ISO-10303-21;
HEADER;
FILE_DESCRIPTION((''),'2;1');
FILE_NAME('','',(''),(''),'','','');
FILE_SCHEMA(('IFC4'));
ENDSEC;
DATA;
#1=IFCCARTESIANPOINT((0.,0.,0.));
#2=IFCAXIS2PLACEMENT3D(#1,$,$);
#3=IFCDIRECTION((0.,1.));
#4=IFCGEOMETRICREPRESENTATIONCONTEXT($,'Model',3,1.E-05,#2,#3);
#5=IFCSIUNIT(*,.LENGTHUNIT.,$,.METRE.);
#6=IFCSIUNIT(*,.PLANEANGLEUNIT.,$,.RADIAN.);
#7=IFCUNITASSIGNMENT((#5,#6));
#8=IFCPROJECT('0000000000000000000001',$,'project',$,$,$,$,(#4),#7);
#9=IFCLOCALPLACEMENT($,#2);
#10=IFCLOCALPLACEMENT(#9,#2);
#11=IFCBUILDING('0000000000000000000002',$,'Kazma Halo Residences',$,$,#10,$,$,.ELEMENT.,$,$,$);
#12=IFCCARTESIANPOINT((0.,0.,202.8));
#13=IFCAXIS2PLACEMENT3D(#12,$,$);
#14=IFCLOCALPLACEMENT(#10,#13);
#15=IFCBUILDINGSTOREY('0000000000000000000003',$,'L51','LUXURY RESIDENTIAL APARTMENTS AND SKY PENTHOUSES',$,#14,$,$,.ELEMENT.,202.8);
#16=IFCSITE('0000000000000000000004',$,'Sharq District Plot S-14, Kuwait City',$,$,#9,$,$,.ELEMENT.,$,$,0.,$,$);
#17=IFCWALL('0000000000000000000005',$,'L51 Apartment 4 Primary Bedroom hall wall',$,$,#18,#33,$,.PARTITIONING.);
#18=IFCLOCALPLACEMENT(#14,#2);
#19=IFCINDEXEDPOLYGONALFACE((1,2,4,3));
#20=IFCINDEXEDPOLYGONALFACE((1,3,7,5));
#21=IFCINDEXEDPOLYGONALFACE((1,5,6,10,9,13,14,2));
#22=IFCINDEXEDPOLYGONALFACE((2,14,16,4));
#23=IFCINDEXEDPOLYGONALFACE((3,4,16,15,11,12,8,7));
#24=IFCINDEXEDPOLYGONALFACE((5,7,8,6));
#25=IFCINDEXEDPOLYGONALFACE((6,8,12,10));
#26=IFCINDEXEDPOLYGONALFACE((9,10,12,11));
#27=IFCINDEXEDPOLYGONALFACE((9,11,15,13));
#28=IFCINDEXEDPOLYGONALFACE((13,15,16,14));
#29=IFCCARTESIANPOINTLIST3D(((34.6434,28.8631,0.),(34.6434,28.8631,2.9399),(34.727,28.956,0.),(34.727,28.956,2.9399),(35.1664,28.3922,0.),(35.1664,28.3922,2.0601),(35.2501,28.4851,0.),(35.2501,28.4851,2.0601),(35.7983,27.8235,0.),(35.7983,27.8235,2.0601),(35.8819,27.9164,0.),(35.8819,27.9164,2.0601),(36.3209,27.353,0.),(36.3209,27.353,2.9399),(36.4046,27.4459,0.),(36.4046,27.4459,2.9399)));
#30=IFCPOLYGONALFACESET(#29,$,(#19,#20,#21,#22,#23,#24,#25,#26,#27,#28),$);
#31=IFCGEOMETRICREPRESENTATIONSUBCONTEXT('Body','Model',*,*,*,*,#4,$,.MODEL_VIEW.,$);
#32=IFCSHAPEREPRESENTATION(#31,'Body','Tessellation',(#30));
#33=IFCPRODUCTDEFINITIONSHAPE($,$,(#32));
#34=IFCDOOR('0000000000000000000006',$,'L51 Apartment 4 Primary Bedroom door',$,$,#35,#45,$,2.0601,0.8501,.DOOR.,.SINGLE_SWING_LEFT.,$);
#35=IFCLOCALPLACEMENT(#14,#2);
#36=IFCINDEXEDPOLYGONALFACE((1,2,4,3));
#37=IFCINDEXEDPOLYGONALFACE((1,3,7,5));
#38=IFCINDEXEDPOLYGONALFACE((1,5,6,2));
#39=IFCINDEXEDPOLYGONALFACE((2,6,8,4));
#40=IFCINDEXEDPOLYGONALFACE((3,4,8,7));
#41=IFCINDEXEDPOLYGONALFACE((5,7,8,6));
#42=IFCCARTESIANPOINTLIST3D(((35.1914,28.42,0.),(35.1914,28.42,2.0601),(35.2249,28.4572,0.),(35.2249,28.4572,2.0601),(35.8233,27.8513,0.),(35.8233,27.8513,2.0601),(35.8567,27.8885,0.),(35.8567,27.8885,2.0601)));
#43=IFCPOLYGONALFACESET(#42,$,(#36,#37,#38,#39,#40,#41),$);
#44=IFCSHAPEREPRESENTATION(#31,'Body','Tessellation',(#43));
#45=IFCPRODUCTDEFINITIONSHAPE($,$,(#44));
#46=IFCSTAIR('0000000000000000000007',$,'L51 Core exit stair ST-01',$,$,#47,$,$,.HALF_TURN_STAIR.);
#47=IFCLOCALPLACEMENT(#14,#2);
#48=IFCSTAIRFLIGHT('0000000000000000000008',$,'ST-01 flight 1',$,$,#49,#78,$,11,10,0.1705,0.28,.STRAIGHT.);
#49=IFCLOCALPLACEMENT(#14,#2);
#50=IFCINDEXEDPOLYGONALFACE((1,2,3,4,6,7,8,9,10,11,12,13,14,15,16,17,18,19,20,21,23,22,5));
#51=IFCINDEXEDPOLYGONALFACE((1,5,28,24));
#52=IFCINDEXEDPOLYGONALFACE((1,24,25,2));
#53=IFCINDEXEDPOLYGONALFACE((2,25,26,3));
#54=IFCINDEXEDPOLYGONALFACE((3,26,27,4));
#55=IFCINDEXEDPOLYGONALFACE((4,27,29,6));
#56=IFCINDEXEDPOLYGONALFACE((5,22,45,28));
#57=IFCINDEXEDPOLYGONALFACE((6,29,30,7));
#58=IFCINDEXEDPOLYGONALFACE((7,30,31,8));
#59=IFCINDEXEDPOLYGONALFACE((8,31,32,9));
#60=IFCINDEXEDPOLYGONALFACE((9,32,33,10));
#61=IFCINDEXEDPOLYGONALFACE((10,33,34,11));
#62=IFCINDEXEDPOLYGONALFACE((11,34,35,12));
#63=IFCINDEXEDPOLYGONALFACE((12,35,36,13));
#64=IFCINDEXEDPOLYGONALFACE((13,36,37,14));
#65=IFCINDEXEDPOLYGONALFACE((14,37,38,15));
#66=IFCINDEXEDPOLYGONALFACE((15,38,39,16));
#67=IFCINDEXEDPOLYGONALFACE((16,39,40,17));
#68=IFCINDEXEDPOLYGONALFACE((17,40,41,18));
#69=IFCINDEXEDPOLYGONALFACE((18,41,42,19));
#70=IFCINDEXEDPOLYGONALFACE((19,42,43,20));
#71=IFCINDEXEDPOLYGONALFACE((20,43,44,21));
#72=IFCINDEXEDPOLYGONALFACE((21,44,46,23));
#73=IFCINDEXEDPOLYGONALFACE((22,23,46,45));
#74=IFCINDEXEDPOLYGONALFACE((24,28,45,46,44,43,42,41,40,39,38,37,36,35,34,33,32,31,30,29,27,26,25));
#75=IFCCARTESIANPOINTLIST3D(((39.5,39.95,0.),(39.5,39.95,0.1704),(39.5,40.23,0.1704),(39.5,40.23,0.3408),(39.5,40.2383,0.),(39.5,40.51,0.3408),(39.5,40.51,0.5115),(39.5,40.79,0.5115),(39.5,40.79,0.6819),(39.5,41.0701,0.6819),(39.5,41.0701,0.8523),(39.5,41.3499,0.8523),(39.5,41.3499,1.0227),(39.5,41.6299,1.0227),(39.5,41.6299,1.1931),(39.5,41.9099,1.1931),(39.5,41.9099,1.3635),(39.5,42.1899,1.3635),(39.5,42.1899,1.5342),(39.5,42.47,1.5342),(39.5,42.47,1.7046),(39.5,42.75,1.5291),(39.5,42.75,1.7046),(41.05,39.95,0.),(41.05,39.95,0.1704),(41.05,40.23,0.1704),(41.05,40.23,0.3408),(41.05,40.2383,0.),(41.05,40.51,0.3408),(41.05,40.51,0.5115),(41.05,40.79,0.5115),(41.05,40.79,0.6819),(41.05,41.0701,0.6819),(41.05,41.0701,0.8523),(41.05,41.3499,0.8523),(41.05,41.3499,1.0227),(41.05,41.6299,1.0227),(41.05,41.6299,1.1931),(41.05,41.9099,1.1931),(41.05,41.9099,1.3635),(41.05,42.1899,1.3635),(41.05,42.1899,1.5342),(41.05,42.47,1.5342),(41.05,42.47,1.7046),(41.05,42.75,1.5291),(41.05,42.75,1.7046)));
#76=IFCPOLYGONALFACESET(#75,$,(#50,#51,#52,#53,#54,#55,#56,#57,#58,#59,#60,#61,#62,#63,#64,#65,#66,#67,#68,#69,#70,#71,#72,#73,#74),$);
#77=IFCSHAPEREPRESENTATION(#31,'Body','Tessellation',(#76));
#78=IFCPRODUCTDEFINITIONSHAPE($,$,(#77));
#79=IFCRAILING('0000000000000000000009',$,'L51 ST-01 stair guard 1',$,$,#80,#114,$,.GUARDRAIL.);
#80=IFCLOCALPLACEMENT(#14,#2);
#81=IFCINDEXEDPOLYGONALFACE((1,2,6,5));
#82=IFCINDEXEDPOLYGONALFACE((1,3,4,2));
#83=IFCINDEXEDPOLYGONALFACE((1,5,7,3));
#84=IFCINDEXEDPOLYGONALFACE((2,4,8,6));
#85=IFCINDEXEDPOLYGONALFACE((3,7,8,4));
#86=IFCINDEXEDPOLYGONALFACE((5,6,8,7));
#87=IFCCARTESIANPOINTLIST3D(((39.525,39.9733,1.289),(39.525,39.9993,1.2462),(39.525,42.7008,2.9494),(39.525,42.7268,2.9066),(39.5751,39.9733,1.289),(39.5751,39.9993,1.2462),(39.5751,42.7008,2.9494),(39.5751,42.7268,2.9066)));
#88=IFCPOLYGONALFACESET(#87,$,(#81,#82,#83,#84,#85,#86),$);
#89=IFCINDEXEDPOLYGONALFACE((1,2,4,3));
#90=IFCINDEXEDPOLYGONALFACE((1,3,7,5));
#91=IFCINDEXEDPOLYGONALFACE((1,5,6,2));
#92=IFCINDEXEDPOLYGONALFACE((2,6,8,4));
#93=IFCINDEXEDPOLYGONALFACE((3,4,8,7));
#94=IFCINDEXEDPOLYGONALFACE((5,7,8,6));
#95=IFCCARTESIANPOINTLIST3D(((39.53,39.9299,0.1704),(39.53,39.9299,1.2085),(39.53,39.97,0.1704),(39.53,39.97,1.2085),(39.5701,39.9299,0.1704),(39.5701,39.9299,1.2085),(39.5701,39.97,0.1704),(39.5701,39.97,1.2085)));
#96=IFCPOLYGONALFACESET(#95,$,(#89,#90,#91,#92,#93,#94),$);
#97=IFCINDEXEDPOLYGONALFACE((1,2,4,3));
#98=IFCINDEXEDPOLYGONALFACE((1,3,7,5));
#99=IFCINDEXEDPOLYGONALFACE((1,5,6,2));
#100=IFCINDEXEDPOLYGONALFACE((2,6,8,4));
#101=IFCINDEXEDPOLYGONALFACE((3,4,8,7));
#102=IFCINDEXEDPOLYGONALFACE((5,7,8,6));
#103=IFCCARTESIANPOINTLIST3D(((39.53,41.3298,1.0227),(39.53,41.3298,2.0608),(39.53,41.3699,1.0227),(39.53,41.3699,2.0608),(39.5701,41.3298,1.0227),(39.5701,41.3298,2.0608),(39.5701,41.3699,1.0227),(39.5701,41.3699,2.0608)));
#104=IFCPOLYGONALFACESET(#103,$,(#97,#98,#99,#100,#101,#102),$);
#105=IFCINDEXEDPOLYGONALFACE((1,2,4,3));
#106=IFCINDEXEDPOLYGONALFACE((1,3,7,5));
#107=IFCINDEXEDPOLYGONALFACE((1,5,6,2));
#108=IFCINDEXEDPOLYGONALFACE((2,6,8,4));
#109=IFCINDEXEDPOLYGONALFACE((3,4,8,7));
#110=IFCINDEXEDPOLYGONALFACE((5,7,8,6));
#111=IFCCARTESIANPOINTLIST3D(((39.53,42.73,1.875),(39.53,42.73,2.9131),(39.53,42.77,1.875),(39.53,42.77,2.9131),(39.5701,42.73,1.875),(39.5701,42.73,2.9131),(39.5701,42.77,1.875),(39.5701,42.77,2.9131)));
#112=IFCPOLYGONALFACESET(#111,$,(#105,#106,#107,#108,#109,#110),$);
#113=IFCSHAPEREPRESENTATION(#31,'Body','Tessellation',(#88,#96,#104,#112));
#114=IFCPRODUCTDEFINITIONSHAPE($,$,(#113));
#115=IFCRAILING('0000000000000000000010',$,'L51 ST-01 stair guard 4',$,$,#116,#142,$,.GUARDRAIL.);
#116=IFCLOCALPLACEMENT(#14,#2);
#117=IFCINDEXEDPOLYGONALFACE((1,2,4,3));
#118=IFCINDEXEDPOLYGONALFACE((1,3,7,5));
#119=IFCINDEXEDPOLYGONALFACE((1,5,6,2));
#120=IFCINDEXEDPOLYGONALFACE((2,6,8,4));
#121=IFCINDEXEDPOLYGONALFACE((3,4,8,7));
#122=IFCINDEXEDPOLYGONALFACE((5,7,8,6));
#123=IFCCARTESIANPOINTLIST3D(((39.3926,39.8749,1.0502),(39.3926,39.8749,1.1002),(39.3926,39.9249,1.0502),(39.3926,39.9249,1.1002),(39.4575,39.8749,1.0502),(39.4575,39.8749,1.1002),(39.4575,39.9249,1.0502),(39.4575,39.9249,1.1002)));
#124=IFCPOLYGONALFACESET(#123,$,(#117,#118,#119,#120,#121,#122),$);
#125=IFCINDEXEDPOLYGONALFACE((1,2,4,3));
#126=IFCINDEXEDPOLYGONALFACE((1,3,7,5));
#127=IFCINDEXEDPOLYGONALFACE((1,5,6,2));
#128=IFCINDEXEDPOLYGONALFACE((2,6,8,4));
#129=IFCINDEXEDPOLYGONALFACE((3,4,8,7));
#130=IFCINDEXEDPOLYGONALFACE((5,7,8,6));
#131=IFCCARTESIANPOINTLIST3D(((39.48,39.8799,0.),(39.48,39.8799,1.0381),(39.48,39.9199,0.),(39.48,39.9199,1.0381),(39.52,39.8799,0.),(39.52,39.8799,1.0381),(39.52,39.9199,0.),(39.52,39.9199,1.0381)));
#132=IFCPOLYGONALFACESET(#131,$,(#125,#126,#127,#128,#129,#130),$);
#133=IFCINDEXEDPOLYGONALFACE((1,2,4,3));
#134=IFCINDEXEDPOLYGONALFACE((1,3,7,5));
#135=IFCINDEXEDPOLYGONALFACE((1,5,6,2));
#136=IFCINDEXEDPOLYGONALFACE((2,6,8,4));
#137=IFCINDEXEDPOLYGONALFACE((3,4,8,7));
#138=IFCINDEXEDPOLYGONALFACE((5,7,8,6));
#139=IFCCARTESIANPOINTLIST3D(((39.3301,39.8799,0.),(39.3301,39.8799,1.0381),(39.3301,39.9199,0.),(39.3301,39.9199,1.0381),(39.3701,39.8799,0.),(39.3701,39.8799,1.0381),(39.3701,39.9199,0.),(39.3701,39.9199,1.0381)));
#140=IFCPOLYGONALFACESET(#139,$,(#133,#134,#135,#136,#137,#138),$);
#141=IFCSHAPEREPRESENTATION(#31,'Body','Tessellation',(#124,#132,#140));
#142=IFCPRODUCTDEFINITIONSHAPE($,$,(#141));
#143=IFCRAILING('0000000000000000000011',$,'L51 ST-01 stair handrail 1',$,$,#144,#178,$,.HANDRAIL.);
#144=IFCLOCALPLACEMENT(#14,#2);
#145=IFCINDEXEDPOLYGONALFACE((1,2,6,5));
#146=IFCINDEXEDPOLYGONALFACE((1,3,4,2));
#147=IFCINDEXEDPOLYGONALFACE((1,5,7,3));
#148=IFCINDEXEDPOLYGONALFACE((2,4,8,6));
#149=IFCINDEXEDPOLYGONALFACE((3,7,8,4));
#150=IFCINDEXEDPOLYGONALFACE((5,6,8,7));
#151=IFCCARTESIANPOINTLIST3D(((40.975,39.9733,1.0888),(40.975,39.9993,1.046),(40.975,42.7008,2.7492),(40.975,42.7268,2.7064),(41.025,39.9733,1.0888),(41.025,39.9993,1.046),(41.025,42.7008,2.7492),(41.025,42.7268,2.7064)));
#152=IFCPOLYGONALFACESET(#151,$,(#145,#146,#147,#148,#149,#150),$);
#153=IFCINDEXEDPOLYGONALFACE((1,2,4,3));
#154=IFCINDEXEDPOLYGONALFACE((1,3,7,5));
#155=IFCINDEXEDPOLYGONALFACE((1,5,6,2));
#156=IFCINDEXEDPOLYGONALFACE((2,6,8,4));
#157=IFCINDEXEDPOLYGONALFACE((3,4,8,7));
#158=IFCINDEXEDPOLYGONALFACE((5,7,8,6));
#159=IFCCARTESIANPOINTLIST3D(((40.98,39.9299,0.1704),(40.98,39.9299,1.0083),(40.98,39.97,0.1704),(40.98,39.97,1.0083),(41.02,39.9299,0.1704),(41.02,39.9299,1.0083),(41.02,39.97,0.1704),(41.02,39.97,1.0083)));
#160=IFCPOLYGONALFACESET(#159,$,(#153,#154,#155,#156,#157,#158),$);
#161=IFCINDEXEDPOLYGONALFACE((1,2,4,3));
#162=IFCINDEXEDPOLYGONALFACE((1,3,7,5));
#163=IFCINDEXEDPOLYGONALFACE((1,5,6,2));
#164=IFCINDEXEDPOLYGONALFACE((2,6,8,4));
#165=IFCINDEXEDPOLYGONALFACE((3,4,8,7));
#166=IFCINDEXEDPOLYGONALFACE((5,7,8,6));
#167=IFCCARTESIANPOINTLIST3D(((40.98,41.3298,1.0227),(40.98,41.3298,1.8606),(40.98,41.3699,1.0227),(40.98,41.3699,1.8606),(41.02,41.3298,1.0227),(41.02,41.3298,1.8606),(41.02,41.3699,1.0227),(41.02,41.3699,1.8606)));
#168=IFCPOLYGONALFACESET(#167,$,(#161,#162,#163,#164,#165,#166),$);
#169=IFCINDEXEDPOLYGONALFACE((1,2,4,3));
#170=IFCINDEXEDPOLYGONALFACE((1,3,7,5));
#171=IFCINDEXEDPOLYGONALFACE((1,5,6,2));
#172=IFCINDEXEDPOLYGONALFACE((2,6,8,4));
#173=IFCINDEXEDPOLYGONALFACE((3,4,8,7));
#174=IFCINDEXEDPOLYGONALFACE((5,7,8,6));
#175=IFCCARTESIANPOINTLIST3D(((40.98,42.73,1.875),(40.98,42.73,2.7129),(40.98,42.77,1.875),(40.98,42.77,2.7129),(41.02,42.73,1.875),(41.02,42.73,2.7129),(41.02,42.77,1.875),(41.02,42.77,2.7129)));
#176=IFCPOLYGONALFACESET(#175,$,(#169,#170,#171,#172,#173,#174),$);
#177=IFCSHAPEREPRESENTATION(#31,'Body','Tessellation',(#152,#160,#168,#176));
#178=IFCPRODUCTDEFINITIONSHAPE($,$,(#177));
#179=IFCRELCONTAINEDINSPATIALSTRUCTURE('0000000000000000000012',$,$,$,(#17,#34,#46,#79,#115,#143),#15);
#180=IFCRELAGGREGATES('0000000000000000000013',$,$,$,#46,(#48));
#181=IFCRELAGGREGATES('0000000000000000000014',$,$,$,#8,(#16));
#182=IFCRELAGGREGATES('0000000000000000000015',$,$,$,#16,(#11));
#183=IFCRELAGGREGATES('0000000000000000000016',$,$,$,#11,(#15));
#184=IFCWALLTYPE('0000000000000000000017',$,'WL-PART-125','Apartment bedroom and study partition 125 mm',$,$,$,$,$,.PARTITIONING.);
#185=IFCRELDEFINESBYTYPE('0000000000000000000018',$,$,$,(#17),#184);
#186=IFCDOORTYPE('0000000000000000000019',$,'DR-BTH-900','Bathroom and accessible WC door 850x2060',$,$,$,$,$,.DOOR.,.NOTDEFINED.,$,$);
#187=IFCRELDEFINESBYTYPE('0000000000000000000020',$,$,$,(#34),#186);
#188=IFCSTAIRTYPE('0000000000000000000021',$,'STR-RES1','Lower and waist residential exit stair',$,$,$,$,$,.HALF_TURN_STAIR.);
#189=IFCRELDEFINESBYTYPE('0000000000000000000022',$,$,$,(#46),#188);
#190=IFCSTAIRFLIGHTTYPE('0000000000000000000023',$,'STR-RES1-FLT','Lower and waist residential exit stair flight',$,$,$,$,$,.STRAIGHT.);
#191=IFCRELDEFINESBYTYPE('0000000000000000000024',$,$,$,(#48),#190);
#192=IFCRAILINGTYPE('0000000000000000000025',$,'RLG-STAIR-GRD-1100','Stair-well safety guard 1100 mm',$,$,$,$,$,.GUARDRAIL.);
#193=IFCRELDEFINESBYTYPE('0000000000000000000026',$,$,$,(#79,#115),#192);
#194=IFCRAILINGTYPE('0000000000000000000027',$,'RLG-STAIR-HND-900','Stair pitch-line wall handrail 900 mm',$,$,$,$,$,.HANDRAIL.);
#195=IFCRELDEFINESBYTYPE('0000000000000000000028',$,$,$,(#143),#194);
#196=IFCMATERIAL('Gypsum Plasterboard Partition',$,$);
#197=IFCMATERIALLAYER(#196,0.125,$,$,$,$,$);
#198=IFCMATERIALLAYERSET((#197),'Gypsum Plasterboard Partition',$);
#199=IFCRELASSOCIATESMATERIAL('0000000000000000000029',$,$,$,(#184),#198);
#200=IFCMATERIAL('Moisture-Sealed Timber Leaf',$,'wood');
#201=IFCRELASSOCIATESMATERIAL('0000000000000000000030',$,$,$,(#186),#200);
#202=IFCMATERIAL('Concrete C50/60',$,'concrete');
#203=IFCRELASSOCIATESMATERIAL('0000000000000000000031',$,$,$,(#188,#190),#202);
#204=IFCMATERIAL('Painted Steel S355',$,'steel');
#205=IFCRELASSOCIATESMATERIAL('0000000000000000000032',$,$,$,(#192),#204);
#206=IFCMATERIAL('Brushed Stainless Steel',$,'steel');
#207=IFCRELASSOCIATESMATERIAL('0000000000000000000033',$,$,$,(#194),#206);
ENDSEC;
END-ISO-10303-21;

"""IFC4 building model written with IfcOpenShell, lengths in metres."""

from ifc_helpers import new_model, si_unit, direction, frame, frame_2d, origin, origin_2d, place, context, subcontext, project, spatial, polyline, rectangle, outline, extrude, material, layer, layer_set, type_object, element, fill, aggregate, save


model = new_model("IFC4")

# Units and contexts
model_context = context("Model", 3, precision=1e-05, world=origin(), true_north=direction((0.0, 1.0)))
body_context = subcontext(model_context, "Body", "Model", "MODEL_VIEW")
ifc_project = project(units=[si_unit("LENGTHUNIT", "METRE"), si_unit("PLANEANGLEUNIT", "RADIAN")], contexts=[model_context])

# Site, building, storey
site_placement = place(None, origin())
site = spatial("IfcSite", under=ifc_project, at=site_placement, Name="Sharq District Plot S-14, Kuwait City", CompositionType="ELEMENT", RefElevation=0.0)
building_placement = place(site_placement, origin())
building = spatial("IfcBuilding", under=site, at=building_placement, Name="Kazma Halo Residences", CompositionType="ELEMENT")
storey_placement = place(building_placement, frame((0.0, 0.0, 202.8)))
storey = spatial("IfcBuildingStorey", under=building, at=storey_placement, Name="L51", Description="LUXURY RESIDENTIAL APARTMENTS AND SKY PENTHOUSES", CompositionType="ELEMENT", Elevation=202.8)

# Shared definitions
ifc_material_1 = material(Name="Gypsum Plasterboard Partition")
ifc_layer_1 = layer(ifc_material_1, 0.125)
ifc_layer_set_1 = layer_set([ifc_layer_1], Name="Gypsum Plasterboard Partition")
wall_type_1 = type_object("IfcWallType", Name="WL-PART-125", Description="Apartment bedroom and study partition 125 mm", PredefinedType="PARTITIONING", material=ifc_layer_set_1)

# Wall, opening, door
ifc_material_2 = material(Name="Moisture-Sealed Timber Leaf", Category="wood")
door_type_1 = type_object("IfcDoorType", Name="DR-BTH-900", Description="Bathroom and accessible WC door 850x2060", OperationType="NOTDEFINED", PredefinedType="DOOR", material=ifc_material_2)
wall_1_placement = place(storey_placement, frame((34.6853, 28.9094, 0.0), z_axis=(0.0, 0.0, 1.0), x_axis=(0.743235, -0.66903, 0.0)))
wall_1 = element("IfcWall", 1, at=wall_1_placement, inside=storey, type_object=wall_type_1, Name="L51 Apartment 4 Primary Bedroom hall wall", PredefinedType="PARTITIONING", context=body_context, shape_type="SweptSolid", body=[
    extrude(rectangle(XDim=2.2571, YDim=0.125, at=frame_2d((1.1284, 0.0))), origin(), (0.0, 0.0, 1.0), 2.9399),
])
opening_1_placement = place(wall_1_placement, frame((0.7036, 0.0, 0.0)))
opening_1 = element("IfcOpeningElement", 2, at=opening_1_placement, cuts=wall_1, PredefinedType="OPENING", context=body_context, shape_type="SweptSolid", body=[
    extrude(rectangle(XDim=0.8501, YDim=2.0601, at=frame_2d((0.425, 1.03))), frame((0.0, 0.0725, 0.0), z_axis=(0.0, -1.0, 0.0), x_axis=(1.0, 0.0, 0.0)), (0.0, 0.0, 1.0), 0.145),
])
door_1_placement = place(opening_1_placement, origin())
door_1 = element("IfcDoor", 3, at=door_1_placement, inside=storey, type_object=door_type_1, Name="L51 Apartment 4 Primary Bedroom door", OperationType="SINGLE_SWING_LEFT", OverallHeight=2.0601, OverallWidth=0.8501, PredefinedType="DOOR", context=body_context, shape_type="SweptSolid", body=[
    extrude(rectangle(XDim=0.8501, YDim=2.0601, at=frame_2d((0.425, 1.03))), frame((0.0, 0.0249, 0.0), z_axis=(0.0, -1.0, 0.0), x_axis=(1.0, 0.0, 0.0)), (0.0, 0.0, 1.0), 0.05),
])
fill(opening_1, door_1)
ifc_material_3 = material(Name="Concrete C50/60", Category="concrete")

# Stair, stair flight
stair_type = type_object("IfcStairType", Name="STR-RES1", Description="Lower and waist residential exit stair", PredefinedType="HALF_TURN_STAIR", material=ifc_material_3)
stair_placement = place(storey_placement, origin())
stair = element("IfcStair", 4, at=stair_placement, inside=storey, type_object=stair_type, Name="L51 Core exit stair ST-01", PredefinedType="HALF_TURN_STAIR")
stair_flight_type = type_object("IfcStairFlightType", Name="STR-RES1-FLT", Description="Lower and waist residential exit stair flight", PredefinedType="STRAIGHT", material=ifc_material_3)
stair_flight_placement = place(storey_placement, frame((40.2749, 39.95, 0.0), z_axis=(0.0, 0.0, 1.0), x_axis=(0.0, 1.0, 0.0)))
stair_flight = element("IfcStairFlight", 5, at=stair_flight_placement, type_object=stair_flight_type, Name="ST-01 flight 1", NumberOfRisers=11, NumberOfTreads=10, PredefinedType="STRAIGHT", RiserHeight=0.1705, TreadLength=0.28, context=body_context, shape_type="SweptSolid", body=[
    extrude(outline(polyline([(0.0, 0.0), (0.0, 0.1704), (0.28, 0.1704), (0.28, 0.3408), (0.5601, 0.3408), (0.5601, 0.5115), (0.8401, 0.5115), (0.8401, 0.6819), (1.1201, 0.6819), (1.1201, 0.8523), (1.3999, 0.8523), (1.3999, 1.0227), (1.6799, 1.0227), (1.6799, 1.1931), (1.96, 1.1931), (1.96, 1.3635), (2.24, 1.3635), (2.24, 1.5342), (2.52, 1.5342), (2.52, 1.7046), (2.8, 1.7046), (2.8, 1.875), (2.8, 1.5291), (0.2883, 0.0), (0.0, 0.0)])), frame((0.0, 0.7749, 0.0), z_axis=(0.0, -1.0, 0.0), x_axis=(1.0, 0.0, 0.0)), (0.0, 0.0, 1.0), 1.55),
])
aggregate(stair, [stair_flight])

# Railings
ifc_material_4 = material(Name="Painted Steel S355", Category="steel")
railing_type_1 = type_object("IfcRailingType", Name="RLG-STAIR-GRD-1100", Description="Stair-well safety guard 1100 mm", PredefinedType="GUARDRAIL", material=ifc_material_4)
railing_1_placement = place(storey_placement, frame((39.55, 39.95, 0.1704)))
element("IfcRailing", 6, at=railing_1_placement, inside=storey, type_object=railing_type_1, Name="L51 ST-01 stair guard 1", PredefinedType="GUARDRAIL", context=body_context, shape_type="SweptSolid", body=[
    extrude(rectangle(XDim=0.05, YDim=0.05, at=origin_2d()), frame((0.0, 0.0364, 1.0972), z_axis=(0.0, 0.85417, 0.519994), x_axis=(-1.0, 0.0, 0.0)), (0.0, 0.0, 1.0), 3.1931),
    extrude(rectangle(XDim=0.04, YDim=0.04, at=origin_2d()), origin(), (0.0, 0.0, 1.0), 1.0381),
    extrude(rectangle(XDim=0.04, YDim=0.04, at=origin_2d()), frame((0.0, 1.3999, 0.8523)), (0.0, 0.0, 1.0), 1.0381),
    extrude(rectangle(XDim=0.04, YDim=0.04, at=origin_2d()), frame((0.0, 2.8, 1.7046)), (0.0, 0.0, 1.0), 1.0381),
])
railing_2_placement = place(storey_placement, frame((39.5, 39.8999, 0.0)))
element("IfcRailing", 7, at=railing_2_placement, inside=storey, type_object=railing_type_1, Name="L51 ST-01 stair guard 4", PredefinedType="GUARDRAIL", context=body_context, shape_type="SweptSolid", body=[
    extrude(rectangle(XDim=0.05, YDim=0.05, at=origin_2d()), frame((-0.0425, 0.0, 1.0752), z_axis=(-1.0, 0.0, 0.0), x_axis=(0.0, -1.0, 0.0)), (0.0, 0.0, 1.0), 0.0649),
    extrude(rectangle(XDim=0.04, YDim=0.04, at=origin_2d()), origin(), (0.0, 0.0, 1.0), 1.0381),
    extrude(rectangle(XDim=0.04, YDim=0.04, at=origin_2d()), frame((-0.1499, 0.0, 0.0)), (0.0, 0.0, 1.0), 1.0381),
])
ifc_material_5 = material(Name="Brushed Stainless Steel", Category="steel")
railing_type_2 = type_object("IfcRailingType", Name="RLG-STAIR-HND-900", Description="Stair pitch-line wall handrail 900 mm", PredefinedType="HANDRAIL", material=ifc_material_5)
railing_3_placement = place(storey_placement, frame((41.0, 39.95, 0.1704)))
element("IfcRailing", 8, at=railing_3_placement, inside=storey, type_object=railing_type_2, Name="L51 ST-01 stair handrail 1", PredefinedType="HANDRAIL", context=body_context, shape_type="SweptSolid", body=[
    extrude(rectangle(XDim=0.05, YDim=0.05, at=origin_2d()), frame((0.0, 0.0364, 0.897), z_axis=(0.0, 0.85417, 0.519994), x_axis=(-1.0, 0.0, 0.0)), (0.0, 0.0, 1.0), 3.1931),
    extrude(rectangle(XDim=0.04, YDim=0.04, at=origin_2d()), origin(), (0.0, 0.0, 1.0), 0.8379),
    extrude(rectangle(XDim=0.04, YDim=0.04, at=origin_2d()), frame((0.0, 1.3999, 0.8523)), (0.0, 0.0, 1.0), 0.8379),
    extrude(rectangle(XDim=0.04, YDim=0.04, at=origin_2d()), frame((0.0, 2.8, 1.7046)), (0.0, 0.0, 1.0), 0.8379),
])

save(model, "model.ifc")
